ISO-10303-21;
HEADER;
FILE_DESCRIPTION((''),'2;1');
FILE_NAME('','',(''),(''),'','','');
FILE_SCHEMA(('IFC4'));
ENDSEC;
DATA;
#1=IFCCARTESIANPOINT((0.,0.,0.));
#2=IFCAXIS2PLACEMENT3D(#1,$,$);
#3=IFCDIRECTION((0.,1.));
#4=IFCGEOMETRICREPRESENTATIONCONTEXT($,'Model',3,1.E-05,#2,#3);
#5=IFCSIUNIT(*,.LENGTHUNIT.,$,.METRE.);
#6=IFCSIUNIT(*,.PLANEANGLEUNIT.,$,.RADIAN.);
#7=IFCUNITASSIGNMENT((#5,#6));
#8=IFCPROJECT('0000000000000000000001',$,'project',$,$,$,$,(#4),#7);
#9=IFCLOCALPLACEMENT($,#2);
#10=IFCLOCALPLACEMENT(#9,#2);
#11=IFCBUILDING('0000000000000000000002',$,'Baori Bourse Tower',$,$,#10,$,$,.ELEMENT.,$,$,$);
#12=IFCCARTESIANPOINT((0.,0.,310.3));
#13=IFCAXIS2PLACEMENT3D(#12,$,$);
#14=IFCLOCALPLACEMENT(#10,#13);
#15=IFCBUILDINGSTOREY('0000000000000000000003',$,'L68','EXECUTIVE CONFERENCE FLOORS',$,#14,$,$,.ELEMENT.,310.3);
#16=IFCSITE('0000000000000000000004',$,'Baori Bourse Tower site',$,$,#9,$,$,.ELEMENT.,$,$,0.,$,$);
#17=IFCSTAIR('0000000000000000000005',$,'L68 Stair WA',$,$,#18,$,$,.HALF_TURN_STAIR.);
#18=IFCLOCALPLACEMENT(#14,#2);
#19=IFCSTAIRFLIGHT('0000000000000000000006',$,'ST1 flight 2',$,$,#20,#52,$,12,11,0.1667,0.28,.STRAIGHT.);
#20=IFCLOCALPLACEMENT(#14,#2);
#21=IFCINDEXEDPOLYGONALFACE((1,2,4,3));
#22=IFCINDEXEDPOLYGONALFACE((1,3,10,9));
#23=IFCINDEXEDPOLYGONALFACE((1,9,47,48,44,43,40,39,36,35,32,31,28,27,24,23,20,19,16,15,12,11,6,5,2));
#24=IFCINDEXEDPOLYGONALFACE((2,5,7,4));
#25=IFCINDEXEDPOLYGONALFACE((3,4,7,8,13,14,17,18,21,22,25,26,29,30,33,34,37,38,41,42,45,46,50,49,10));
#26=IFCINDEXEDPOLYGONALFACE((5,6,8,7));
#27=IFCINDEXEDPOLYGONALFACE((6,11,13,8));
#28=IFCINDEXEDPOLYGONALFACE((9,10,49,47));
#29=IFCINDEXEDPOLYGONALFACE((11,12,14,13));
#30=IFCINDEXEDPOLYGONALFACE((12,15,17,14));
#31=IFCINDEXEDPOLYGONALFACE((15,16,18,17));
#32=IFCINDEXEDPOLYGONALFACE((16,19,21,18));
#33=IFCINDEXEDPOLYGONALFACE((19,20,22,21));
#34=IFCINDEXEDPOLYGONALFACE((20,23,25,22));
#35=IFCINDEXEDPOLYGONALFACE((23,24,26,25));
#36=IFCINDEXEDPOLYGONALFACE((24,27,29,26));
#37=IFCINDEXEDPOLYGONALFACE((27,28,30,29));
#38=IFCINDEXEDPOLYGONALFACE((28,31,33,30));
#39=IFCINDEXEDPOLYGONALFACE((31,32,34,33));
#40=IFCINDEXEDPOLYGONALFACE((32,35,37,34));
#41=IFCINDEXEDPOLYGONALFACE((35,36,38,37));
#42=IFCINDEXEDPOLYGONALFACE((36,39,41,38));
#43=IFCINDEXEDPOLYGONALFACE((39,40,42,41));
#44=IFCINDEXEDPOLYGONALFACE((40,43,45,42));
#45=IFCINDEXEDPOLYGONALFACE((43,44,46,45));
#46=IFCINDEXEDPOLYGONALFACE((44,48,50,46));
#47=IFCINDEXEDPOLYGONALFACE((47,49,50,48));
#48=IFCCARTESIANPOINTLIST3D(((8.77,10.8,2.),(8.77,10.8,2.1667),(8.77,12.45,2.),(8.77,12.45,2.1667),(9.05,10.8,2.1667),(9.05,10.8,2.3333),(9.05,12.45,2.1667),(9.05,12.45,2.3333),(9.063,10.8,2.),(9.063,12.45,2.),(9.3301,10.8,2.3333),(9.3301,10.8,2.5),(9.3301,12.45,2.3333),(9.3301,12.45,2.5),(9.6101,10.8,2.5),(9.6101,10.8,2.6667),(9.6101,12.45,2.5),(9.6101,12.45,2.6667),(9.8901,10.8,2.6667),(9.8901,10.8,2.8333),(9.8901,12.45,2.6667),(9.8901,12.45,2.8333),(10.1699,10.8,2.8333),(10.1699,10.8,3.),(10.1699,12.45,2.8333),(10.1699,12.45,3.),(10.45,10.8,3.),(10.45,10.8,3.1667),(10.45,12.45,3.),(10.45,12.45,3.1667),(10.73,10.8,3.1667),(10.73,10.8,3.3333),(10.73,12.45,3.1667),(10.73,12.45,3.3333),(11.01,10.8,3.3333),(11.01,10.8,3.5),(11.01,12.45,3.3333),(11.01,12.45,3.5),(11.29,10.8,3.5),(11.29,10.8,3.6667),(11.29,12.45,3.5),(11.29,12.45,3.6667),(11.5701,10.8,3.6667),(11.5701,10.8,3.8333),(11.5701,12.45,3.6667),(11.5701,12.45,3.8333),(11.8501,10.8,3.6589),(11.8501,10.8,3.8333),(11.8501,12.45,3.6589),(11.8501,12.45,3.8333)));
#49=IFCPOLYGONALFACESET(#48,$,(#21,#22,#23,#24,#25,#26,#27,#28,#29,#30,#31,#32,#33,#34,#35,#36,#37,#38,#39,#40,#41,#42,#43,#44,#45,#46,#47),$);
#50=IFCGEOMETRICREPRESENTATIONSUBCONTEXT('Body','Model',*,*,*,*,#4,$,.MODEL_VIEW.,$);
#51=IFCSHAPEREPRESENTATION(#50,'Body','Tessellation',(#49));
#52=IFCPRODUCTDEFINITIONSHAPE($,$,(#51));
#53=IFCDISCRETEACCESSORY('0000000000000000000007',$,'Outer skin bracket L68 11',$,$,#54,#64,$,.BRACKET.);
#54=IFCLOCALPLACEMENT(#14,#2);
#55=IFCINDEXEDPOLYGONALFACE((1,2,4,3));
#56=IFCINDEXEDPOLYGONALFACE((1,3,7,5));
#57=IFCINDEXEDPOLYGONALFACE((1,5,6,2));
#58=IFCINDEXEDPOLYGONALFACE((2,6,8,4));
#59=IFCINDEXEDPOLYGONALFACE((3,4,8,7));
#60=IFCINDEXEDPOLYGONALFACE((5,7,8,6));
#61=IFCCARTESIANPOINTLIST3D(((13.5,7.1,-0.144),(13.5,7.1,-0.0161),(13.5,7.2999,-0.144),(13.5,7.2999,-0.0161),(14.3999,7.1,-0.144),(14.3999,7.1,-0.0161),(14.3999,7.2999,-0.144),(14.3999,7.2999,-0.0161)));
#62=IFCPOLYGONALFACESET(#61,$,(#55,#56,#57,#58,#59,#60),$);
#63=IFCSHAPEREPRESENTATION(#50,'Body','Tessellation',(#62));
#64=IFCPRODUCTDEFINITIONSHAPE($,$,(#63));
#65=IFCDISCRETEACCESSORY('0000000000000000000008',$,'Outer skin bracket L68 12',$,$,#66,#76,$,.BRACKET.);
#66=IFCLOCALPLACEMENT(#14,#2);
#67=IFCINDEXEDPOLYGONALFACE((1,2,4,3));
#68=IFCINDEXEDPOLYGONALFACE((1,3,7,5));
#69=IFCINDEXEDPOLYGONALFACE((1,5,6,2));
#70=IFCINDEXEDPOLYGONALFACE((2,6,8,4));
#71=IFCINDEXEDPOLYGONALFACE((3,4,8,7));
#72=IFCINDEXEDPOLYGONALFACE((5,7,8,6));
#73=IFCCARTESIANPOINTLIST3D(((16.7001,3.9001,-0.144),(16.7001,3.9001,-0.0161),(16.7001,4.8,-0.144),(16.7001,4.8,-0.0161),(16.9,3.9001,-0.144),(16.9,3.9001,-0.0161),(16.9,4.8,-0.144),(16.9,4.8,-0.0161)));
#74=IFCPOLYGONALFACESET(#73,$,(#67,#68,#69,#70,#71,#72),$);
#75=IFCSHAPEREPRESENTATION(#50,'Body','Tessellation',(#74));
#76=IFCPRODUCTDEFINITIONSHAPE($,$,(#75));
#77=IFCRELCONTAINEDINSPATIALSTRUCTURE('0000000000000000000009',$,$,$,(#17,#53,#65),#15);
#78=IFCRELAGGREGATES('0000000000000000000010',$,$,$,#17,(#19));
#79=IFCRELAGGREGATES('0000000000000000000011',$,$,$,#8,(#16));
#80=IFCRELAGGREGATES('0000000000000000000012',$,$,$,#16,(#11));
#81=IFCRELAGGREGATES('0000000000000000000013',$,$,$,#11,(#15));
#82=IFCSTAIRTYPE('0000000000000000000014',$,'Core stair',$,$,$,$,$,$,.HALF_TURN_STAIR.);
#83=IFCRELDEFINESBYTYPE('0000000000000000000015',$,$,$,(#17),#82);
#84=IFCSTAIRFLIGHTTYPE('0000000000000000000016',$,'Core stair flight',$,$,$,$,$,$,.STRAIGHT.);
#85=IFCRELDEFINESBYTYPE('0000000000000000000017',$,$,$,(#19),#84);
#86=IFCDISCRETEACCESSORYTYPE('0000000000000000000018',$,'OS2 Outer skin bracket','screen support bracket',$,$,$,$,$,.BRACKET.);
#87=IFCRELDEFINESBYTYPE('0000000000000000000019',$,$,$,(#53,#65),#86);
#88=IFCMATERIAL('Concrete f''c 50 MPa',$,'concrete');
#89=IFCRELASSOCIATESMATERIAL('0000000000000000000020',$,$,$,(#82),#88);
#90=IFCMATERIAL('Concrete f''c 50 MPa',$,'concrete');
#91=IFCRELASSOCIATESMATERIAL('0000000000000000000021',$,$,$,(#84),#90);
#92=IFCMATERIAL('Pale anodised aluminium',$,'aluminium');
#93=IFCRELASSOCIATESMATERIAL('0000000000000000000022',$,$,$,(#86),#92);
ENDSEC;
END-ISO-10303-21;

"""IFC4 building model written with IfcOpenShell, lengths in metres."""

from ifc_helpers import new_model, si_unit, direction, frame, origin, origin_2d, place, context, subcontext, project, spatial, polyline, rectangle, outline, extrude, material, type_object, element, aggregate, save


model = new_model("IFC4")

# Units and contexts
model_context = context("Model", 3, precision=1e-05, world=origin(), true_north=direction((0.0, 1.0)))
body_context = subcontext(model_context, "Body", "Model", "MODEL_VIEW")
ifc_project = project(units=[si_unit("LENGTHUNIT", "METRE"), si_unit("PLANEANGLEUNIT", "RADIAN")], contexts=[model_context])

# Site, building, storey
site_placement = place(None, origin())
site = spatial("IfcSite", under=ifc_project, at=site_placement, Name="Baori Bourse Tower site", CompositionType="ELEMENT", RefElevation=0.0)
building_placement = place(site_placement, origin())
building = spatial("IfcBuilding", under=site, at=building_placement, Name="Baori Bourse Tower", CompositionType="ELEMENT")
storey_placement = place(building_placement, frame((0.0, 0.0, 310.3)))
storey = spatial("IfcBuildingStorey", under=building, at=storey_placement, Name="L68", Description="EXECUTIVE CONFERENCE FLOORS", CompositionType="ELEMENT", Elevation=310.3)

# Stair, stair flight
ifc_material_1 = material(Name="Concrete f'c 50 MPa", Category="concrete")
stair_type = type_object("IfcStairType", Name="Core stair", PredefinedType="HALF_TURN_STAIR", material=ifc_material_1)
stair_placement = place(storey_placement, origin())
stair = element("IfcStair", 1, at=stair_placement, inside=storey, type_object=stair_type, Name="L68 Stair WA", PredefinedType="HALF_TURN_STAIR")
ifc_material_2 = material(Name="Concrete f'c 50 MPa", Category="concrete")
stair_flight_type = type_object("IfcStairFlightType", Name="Core stair flight", PredefinedType="STRAIGHT", material=ifc_material_2)
stair_flight_placement = place(storey_placement, frame((8.77, 11.625, 2.0), z_axis=(0.0, 0.0, 1.0), x_axis=(1.0, 0.0, 0.0)))
stair_flight = element("IfcStairFlight", 2, at=stair_flight_placement, type_object=stair_flight_type, Name="ST1 flight 2", NumberOfRisers=12, NumberOfTreads=11, PredefinedType="STRAIGHT", RiserHeight=0.1667, TreadLength=0.28, context=body_context, shape_type="SweptSolid", body=[
    extrude(outline(polyline([(0.0, 0.0), (0.0, 0.1667), (0.28, 0.1667), (0.28, 0.3333), (0.5601, 0.3333), (0.5601, 0.5), (0.8401, 0.5), (0.8401, 0.6667), (1.1201, 0.6667), (1.1201, 0.8333), (1.3999, 0.8333), (1.3999, 1.0), (1.6799, 1.0), (1.6799, 1.1667), (1.96, 1.1667), (1.96, 1.3333), (2.24, 1.3333), (2.24, 1.5), (2.52, 1.5), (2.52, 1.6667), (2.8, 1.6667), (2.8, 1.8333), (3.0801, 1.8333), (3.0801, 2.0), (3.0801, 1.6589), (0.293, 0.0), (0.0, 0.0)])), frame((0.0, 0.825, 0.0), z_axis=(0.0, -1.0, 0.0), x_axis=(1.0, 0.0, 0.0)), (0.0, 0.0, 1.0), 1.6499),
])
aggregate(stair, [stair_flight])

# Discrete accessories
ifc_material_3 = material(Name="Pale anodised aluminium", Category="aluminium")
discrete_accessory_type = type_object("IfcDiscreteAccessoryType", Name="OS2 Outer skin bracket", Description="screen support bracket", PredefinedType="BRACKET", material=ifc_material_3)
for number, where, z_axis, x_axis, name in (
    (3, (13.95, 7.2, -0.144), (0.0, 0.0, 1.0), (0.0, -1.0, 0.0), "Outer skin bracket L68 11"),
    (4, (16.8, 4.3501, -0.144), (0.0, 0.0, 1.0), (1.0, 0.0, 0.0), "Outer skin bracket L68 12"),
):
    element("IfcDiscreteAccessory", number, at=place(storey_placement, frame(where, z_axis=z_axis, x_axis=x_axis)), inside=storey, type_object=discrete_accessory_type, Name=name, PredefinedType="BRACKET", context=body_context, shape_type="SweptSolid", body=[
        extrude(rectangle(XDim=0.2, YDim=0.8999, at=origin_2d()), origin(), (0.0, 0.0, 1.0), 0.1279),
    ])

save(model, "model.ifc")
